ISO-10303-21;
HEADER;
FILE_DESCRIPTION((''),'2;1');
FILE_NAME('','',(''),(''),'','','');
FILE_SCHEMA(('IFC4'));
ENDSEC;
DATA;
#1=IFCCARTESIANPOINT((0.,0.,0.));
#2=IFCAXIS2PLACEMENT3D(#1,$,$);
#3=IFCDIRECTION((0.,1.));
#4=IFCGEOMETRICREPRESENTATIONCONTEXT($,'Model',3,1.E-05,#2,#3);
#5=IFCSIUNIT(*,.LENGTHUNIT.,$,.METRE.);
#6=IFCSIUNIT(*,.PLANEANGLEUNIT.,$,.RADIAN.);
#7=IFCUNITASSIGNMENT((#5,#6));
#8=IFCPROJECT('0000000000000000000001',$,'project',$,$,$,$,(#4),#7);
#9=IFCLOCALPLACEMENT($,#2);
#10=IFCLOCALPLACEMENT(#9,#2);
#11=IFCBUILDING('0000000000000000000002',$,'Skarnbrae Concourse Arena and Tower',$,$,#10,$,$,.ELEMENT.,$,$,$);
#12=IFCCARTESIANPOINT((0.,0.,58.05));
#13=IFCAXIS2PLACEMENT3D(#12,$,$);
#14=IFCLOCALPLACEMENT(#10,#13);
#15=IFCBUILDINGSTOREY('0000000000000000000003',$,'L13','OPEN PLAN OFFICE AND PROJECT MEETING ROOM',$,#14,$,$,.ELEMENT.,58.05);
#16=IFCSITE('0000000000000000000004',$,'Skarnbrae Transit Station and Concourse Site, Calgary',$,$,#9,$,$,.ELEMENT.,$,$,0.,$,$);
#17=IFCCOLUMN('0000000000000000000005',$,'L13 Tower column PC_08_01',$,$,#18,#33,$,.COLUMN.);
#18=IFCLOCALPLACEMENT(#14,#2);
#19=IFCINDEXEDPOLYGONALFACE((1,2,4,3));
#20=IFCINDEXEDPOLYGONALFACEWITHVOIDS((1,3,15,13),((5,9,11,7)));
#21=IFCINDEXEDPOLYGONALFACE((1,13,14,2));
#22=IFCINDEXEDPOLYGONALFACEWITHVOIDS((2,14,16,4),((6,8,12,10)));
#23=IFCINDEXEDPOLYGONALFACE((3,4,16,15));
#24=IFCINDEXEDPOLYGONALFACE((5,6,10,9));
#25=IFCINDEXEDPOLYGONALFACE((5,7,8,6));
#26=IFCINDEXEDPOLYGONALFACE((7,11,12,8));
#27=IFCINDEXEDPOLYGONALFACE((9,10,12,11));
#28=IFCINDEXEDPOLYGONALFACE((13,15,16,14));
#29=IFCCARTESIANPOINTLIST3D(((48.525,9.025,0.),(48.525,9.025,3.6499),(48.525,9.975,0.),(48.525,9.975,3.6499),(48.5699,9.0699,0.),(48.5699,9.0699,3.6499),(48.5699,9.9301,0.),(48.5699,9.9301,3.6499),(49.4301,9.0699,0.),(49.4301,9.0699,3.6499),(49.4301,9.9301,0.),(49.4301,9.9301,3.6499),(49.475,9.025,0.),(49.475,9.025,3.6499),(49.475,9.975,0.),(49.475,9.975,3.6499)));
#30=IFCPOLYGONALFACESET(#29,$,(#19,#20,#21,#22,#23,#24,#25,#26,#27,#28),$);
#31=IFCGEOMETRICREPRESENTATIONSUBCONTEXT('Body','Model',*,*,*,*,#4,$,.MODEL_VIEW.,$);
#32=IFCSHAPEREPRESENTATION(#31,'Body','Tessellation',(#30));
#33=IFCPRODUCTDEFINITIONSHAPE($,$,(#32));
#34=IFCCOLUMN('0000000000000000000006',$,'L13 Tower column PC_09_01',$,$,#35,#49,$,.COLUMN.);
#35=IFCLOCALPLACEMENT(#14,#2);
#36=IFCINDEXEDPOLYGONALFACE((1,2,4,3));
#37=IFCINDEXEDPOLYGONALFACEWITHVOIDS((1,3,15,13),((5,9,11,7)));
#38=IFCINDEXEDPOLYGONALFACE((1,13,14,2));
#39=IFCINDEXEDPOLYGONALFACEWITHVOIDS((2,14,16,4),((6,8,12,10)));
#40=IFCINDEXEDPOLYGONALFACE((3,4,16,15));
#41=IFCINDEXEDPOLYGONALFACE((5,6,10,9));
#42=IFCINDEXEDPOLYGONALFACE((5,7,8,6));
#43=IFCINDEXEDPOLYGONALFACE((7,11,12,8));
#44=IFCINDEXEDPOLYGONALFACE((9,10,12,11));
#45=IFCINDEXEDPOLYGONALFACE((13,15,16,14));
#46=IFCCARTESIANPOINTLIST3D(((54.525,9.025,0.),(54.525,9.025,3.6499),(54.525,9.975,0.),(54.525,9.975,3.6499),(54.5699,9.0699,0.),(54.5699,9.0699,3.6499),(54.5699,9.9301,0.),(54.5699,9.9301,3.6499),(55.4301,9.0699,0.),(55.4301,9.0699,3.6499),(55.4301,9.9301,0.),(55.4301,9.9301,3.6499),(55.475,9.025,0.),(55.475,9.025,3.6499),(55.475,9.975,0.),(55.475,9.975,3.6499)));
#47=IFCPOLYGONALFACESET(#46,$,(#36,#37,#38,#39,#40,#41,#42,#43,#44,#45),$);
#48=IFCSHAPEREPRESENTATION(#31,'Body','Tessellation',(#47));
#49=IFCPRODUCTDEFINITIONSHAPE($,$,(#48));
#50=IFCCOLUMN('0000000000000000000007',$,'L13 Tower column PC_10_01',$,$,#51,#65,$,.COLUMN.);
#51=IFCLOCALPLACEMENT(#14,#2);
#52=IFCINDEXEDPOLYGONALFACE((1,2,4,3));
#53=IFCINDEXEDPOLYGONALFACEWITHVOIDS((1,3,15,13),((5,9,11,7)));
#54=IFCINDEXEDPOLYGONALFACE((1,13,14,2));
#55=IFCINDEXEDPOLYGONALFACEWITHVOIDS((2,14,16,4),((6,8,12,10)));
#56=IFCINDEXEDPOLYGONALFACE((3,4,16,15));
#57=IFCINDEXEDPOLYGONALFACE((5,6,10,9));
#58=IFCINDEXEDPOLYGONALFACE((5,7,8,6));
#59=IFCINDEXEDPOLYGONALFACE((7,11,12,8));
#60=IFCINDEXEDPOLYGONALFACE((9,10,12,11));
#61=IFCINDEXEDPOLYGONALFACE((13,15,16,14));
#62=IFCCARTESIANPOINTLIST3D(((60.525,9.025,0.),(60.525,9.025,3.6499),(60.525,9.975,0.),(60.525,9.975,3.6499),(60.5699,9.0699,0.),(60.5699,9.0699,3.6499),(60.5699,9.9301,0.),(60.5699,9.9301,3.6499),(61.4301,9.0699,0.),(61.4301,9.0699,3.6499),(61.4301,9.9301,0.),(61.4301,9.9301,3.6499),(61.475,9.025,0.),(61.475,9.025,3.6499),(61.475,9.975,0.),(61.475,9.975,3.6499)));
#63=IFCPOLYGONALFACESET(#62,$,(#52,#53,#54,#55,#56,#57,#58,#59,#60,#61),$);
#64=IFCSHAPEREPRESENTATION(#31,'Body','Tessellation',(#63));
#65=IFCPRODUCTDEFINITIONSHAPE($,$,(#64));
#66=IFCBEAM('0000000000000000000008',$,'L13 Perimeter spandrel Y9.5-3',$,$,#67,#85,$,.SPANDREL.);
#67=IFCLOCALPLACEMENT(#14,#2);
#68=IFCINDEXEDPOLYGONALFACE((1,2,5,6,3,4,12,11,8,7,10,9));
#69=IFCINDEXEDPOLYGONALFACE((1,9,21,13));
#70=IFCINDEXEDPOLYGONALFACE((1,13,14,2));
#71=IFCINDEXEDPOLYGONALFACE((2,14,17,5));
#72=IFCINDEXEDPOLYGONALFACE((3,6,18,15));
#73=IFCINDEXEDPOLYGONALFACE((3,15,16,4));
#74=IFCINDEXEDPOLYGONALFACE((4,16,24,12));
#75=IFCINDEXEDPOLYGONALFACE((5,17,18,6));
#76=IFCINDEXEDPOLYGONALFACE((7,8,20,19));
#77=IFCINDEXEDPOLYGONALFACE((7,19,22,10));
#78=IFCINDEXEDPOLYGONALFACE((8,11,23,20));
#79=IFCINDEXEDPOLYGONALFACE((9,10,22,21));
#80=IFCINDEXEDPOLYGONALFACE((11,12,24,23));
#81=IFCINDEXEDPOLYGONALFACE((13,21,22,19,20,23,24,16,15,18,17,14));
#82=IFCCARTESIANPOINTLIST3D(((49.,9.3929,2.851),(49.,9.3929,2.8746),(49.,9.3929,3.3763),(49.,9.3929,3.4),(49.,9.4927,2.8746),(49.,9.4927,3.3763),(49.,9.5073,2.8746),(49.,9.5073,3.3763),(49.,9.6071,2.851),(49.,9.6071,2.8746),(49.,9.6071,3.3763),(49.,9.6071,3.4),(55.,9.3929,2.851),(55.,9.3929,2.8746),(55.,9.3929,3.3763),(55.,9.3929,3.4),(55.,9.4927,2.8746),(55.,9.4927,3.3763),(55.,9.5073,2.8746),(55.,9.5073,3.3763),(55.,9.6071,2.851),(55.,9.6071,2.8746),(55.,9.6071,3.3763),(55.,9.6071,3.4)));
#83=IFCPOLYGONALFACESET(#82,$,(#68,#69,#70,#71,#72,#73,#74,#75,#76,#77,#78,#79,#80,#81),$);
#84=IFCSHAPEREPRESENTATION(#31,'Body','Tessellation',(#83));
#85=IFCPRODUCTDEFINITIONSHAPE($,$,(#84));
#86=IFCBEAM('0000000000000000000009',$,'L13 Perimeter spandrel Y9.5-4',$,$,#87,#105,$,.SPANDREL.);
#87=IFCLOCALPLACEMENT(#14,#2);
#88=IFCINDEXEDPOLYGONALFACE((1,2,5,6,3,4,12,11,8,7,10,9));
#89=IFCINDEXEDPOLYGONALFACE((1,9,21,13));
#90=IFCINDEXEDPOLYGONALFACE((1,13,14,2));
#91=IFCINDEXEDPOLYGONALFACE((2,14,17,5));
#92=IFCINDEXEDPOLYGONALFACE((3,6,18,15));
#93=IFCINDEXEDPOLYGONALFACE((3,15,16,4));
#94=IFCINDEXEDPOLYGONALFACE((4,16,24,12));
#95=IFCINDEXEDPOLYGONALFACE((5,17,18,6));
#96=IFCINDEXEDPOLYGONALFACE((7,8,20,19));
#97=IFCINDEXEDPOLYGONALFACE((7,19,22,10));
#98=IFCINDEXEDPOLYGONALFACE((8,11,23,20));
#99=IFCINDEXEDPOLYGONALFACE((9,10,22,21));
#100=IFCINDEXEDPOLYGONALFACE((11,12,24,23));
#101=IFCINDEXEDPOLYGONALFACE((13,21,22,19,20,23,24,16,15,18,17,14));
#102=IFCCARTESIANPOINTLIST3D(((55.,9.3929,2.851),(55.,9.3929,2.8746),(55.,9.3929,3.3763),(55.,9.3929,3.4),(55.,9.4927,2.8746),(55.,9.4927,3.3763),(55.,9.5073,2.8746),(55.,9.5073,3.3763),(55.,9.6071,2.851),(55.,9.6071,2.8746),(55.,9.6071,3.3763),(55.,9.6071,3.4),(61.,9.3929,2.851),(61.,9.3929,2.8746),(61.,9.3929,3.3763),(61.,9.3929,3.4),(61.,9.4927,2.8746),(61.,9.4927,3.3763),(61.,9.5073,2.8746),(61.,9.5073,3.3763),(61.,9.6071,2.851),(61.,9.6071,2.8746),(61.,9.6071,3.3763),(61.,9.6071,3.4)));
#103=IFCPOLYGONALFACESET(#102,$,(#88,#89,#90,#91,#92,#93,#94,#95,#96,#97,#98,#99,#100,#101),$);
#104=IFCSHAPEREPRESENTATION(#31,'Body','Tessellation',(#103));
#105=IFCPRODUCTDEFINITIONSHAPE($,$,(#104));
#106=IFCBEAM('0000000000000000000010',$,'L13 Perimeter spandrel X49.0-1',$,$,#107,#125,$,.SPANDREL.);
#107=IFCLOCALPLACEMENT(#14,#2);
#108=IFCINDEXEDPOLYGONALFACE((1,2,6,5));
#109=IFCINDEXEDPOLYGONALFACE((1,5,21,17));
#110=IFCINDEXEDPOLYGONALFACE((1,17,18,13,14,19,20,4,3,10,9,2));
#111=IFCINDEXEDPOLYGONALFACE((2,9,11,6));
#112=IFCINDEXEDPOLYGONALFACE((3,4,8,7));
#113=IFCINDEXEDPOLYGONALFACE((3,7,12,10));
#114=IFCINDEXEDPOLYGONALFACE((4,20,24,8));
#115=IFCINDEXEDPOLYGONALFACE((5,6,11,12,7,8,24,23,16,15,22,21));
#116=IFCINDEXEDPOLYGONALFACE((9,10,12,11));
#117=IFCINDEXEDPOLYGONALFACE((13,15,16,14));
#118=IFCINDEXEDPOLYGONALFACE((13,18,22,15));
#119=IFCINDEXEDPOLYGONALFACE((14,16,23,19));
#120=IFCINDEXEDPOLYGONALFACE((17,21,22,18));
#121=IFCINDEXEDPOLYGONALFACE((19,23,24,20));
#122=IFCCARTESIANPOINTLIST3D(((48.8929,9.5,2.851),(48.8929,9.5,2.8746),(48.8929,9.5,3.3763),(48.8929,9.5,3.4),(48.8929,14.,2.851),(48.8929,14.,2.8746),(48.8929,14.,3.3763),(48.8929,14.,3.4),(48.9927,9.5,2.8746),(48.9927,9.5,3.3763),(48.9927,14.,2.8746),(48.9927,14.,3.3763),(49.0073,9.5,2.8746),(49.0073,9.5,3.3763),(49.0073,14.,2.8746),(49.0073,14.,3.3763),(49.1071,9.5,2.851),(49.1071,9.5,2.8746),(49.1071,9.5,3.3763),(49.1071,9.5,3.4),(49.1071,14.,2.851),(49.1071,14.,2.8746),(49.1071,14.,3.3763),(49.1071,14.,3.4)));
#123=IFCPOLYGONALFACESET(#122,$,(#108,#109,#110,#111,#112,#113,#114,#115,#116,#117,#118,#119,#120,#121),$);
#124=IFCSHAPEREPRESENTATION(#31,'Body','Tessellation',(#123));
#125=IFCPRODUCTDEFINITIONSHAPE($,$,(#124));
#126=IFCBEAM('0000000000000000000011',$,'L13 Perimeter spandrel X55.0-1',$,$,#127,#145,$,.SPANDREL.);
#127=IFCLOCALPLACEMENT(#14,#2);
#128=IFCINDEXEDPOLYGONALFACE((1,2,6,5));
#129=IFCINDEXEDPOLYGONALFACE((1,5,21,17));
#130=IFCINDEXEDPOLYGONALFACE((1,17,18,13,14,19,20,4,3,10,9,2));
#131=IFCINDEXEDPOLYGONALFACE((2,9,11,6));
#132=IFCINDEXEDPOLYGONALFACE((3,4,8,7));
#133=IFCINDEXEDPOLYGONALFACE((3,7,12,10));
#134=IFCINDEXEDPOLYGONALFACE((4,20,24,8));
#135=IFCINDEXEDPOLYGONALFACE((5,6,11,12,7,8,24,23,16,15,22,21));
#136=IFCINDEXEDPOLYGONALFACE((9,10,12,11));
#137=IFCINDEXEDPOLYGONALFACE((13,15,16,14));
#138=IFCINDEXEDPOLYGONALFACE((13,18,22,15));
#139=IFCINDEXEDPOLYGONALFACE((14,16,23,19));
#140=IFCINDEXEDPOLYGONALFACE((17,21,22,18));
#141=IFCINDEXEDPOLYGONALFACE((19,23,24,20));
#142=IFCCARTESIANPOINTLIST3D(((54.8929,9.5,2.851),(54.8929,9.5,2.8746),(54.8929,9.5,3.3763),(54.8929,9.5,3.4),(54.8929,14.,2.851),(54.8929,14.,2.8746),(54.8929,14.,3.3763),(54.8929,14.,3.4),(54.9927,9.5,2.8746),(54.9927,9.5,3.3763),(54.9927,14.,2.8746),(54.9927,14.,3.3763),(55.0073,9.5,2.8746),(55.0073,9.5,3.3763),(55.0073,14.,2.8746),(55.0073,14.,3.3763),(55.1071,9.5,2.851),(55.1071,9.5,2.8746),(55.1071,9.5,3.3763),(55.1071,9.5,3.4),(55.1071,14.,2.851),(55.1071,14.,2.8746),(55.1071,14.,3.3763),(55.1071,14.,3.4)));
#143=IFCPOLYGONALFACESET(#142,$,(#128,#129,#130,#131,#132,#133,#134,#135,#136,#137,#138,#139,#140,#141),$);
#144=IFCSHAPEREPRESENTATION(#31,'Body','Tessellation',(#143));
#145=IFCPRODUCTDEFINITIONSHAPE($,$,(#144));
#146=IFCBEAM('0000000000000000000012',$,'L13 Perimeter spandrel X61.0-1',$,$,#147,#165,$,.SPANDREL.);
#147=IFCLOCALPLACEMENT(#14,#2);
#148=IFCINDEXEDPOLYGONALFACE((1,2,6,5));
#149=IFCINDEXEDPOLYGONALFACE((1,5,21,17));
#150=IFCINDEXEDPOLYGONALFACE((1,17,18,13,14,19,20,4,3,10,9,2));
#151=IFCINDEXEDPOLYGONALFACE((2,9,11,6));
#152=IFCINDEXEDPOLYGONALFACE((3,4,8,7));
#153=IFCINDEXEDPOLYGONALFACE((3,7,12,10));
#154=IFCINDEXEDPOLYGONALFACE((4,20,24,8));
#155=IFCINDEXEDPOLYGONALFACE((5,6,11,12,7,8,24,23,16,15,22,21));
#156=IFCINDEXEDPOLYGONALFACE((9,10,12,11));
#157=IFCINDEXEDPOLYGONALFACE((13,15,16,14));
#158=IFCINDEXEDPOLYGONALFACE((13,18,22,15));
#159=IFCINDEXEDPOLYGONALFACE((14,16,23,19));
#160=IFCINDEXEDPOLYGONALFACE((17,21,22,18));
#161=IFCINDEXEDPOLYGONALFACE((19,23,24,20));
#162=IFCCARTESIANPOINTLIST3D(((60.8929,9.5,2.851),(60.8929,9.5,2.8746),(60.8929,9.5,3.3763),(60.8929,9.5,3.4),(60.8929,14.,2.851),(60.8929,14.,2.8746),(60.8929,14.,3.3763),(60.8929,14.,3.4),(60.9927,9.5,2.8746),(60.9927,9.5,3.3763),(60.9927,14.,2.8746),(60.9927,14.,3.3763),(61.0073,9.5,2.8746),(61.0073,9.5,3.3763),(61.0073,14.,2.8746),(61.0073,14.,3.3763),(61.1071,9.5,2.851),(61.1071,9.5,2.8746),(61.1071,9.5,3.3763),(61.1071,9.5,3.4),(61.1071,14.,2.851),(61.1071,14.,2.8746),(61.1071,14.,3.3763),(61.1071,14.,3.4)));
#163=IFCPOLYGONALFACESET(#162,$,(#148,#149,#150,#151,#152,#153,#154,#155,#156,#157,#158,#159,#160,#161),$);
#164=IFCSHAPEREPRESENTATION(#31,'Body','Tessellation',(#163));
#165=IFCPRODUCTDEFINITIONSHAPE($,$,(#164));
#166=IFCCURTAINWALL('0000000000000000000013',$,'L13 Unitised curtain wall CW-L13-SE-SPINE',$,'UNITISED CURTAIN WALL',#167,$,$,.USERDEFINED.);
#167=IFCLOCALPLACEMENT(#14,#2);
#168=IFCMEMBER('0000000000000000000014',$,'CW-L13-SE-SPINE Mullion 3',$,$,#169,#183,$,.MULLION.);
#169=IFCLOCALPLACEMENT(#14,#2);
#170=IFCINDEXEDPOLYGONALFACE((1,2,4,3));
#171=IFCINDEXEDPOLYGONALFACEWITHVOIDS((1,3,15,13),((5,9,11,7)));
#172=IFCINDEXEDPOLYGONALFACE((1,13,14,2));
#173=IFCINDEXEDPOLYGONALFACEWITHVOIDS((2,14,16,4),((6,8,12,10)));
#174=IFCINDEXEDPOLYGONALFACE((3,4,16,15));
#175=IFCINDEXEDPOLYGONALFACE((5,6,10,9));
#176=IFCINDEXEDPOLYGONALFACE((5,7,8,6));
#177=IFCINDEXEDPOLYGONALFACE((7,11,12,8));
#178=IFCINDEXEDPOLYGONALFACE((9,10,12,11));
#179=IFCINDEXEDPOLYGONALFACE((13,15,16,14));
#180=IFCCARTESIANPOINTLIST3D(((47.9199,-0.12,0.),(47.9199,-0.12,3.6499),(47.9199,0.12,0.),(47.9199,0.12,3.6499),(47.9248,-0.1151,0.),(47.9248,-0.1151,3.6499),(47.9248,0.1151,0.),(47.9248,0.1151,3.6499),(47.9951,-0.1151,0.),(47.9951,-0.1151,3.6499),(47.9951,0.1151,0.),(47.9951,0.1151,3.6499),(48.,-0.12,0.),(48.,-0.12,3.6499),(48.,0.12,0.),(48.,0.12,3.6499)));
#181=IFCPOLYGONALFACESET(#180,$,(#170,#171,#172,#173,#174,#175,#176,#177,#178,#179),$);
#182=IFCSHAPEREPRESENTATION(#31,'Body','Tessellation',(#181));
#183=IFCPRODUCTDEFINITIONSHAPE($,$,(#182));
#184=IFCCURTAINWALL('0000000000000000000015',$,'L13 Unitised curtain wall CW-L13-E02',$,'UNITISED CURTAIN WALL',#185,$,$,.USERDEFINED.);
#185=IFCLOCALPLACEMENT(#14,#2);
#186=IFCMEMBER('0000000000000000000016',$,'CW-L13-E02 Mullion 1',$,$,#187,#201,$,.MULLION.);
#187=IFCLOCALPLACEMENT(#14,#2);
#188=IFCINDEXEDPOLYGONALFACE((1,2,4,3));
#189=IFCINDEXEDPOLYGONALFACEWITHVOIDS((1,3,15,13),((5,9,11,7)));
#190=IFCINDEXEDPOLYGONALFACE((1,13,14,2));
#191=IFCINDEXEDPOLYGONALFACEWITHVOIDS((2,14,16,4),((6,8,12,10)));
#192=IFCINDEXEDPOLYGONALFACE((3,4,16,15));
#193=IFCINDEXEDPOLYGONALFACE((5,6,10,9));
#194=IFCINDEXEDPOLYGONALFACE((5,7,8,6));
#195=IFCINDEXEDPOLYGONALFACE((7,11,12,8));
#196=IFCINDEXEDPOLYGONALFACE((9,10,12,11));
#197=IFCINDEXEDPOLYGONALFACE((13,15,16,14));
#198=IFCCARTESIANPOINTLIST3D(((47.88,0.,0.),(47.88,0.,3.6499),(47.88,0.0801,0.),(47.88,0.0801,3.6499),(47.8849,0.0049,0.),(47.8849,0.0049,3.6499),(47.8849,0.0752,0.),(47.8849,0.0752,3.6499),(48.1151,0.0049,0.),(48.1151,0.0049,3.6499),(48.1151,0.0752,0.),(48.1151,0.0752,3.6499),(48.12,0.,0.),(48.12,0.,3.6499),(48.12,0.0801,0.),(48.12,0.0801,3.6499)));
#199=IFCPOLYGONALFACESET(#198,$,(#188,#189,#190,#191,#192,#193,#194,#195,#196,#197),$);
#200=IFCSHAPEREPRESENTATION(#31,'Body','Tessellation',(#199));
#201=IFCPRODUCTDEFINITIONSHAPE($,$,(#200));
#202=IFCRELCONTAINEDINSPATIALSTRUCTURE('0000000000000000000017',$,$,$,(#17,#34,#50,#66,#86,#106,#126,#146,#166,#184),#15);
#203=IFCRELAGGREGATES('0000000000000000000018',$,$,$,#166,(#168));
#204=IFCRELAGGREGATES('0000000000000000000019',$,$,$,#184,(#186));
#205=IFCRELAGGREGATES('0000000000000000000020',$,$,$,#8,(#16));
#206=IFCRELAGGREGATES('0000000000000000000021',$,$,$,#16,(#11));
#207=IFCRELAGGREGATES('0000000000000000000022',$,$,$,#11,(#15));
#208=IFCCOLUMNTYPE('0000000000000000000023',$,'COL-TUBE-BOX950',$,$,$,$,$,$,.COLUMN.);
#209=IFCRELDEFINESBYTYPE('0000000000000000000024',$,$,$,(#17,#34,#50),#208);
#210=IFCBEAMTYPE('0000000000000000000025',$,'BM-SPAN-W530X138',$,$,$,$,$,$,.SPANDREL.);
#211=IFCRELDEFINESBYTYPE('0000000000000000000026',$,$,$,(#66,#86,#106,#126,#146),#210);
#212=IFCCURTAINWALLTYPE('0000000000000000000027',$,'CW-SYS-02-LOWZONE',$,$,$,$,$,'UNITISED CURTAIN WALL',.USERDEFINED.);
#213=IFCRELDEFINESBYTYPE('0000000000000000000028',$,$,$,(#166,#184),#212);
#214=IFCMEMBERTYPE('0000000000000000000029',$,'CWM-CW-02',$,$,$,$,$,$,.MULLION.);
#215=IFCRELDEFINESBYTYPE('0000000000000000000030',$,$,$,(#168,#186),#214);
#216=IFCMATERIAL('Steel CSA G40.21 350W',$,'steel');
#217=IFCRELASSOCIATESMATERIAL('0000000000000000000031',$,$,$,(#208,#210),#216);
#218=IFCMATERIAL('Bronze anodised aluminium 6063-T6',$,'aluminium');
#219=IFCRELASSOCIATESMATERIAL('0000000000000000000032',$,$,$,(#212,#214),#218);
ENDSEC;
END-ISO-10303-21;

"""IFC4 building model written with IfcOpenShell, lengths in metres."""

from ifc_helpers import new_model, si_unit, direction, frame, origin, origin_2d, place, context, subcontext, project, spatial, hollow_rectangle, i_section, extrude, source, transform, mapped, material, material_profile, profile_set, type_object, element, aggregate, save


model = new_model("IFC4")

# Units and contexts
model_context = context("Model", 3, precision=1e-05, world=origin(), true_north=direction((0.0, 1.0)))
body_context = subcontext(model_context, "Body", "Model", "MODEL_VIEW")
ifc_project = project(units=[si_unit("LENGTHUNIT", "METRE"), si_unit("PLANEANGLEUNIT", "RADIAN")], contexts=[model_context])

# Site, building, storey
site_placement = place(None, origin())
site = spatial("IfcSite", under=ifc_project, at=site_placement, Name="Skarnbrae Transit Station and Concourse Site, Calgary", CompositionType="ELEMENT", RefElevation=0.0)
building_placement = place(site_placement, origin())
building = spatial("IfcBuilding", under=site, at=building_placement, Name="Skarnbrae Concourse Arena and Tower", CompositionType="ELEMENT")
storey_placement = place(building_placement, frame((0.0, 0.0, 58.05)))
storey = spatial("IfcBuildingStorey", under=building, at=storey_placement, Name="L13", Description="OPEN PLAN OFFICE AND PROJECT MEETING ROOM", CompositionType="ELEMENT", Elevation=58.05)

# Columns
ifc_material_1 = material(Name="Steel CSA G40.21 350W", Category="steel")
ifc_material_profile_1 = material_profile(ifc_material_1, hollow_rectangle(XDim=0.95, YDim=0.95, WallThickness=0.0449, at=origin_2d()), Name="BOX950X950X45")
ifc_profile_set_1 = profile_set([ifc_material_profile_1], Name="Steel CSA G40.21 350W")
column_type = type_object("IfcColumnType", Name="COL-TUBE-BOX950", PredefinedType="COLUMN", material=ifc_profile_set_1)
shared_shape_1 = source(origin(), body_context, "Body", "SweptSolid", [
    extrude(hollow_rectangle(XDim=0.95, YDim=0.95, WallThickness=0.0449, at=origin_2d()), origin(), (0.0, 0.0, 1.0), 3.6499),
])
for number, where, z_axis, x_axis, name in (
    (1, (49.0, 9.5, 0.0), (0.0, 0.0, 1.0), (1.0, 0.0, 0.0), "L13 Tower column PC_08_01"),
    (2, (55.0, 9.5, 0.0), (0.0, 0.0, 1.0), (1.0, 0.0, 0.0), "L13 Tower column PC_09_01"),
    (3, (61.0, 9.5, 0.0), (0.0, 0.0, 1.0), (1.0, 0.0, 0.0), "L13 Tower column PC_10_01"),
):
    element("IfcColumn", number, at=place(storey_placement, frame(where, z_axis=z_axis, x_axis=x_axis)), inside=storey, type_object=column_type, Name=name, PredefinedType="COLUMN", context=body_context, shape_type="MappedRepresentation", body=[
        mapped(shared_shape_1, transform((0.0, 0.0, 0.0))),
    ])

# Beams
ifc_material_profile_2 = material_profile(ifc_material_1, i_section(OverallWidth=0.2141, OverallDepth=0.5491, WebThickness=0.0146, FlangeThickness=0.0237, at=origin_2d()), Name="W530X138")
ifc_profile_set_2 = profile_set([ifc_material_profile_2], Name="Steel CSA G40.21 350W")
beam_type = type_object("IfcBeamType", Name="BM-SPAN-W530X138", PredefinedType="SPANDREL", material=ifc_profile_set_2)
shared_shape_2 = source(origin(), body_context, "Body", "SweptSolid", [
    extrude(i_section(OverallWidth=0.2141, OverallDepth=0.5491, WebThickness=0.0146, FlangeThickness=0.0237, at=origin_2d()), origin(), (0.0, 0.0, 1.0), 6.0),
])
for number, where, z_axis, x_axis, name in (
    (4, (49.0, 9.5, 3.1255), (1.0, 0.0, 0.0), (0.0, 1.0, 0.0), "L13 Perimeter spandrel Y9.5-3"),
    (5, (55.0, 9.5, 3.1255), (1.0, 0.0, 0.0), (0.0, 1.0, 0.0), "L13 Perimeter spandrel Y9.5-4"),
):
    element("IfcBeam", number, at=place(storey_placement, frame(where, z_axis=z_axis, x_axis=x_axis)), inside=storey, type_object=beam_type, Name=name, PredefinedType="SPANDREL", context=body_context, shape_type="MappedRepresentation", body=[
        mapped(shared_shape_2, transform((0.0, 0.0, 0.0))),
    ])
shared_shape_3 = source(origin(), body_context, "Body", "SweptSolid", [
    extrude(i_section(OverallWidth=0.2141, OverallDepth=0.5491, WebThickness=0.0146, FlangeThickness=0.0237, at=origin_2d()), origin(), (0.0, 0.0, 1.0), 4.5),
])
for number, where, z_axis, x_axis, name in (
    (6, (49.0, 9.5, 3.1255), (0.0, 1.0, 0.0), (-1.0, 0.0, 0.0), "L13 Perimeter spandrel X49.0-1"),
    (7, (55.0, 9.5, 3.1255), (0.0, 1.0, 0.0), (-1.0, 0.0, 0.0), "L13 Perimeter spandrel X55.0-1"),
    (8, (61.0, 9.5, 3.1255), (0.0, 1.0, 0.0), (-1.0, 0.0, 0.0), "L13 Perimeter spandrel X61.0-1"),
):
    element("IfcBeam", number, at=place(storey_placement, frame(where, z_axis=z_axis, x_axis=x_axis)), inside=storey, type_object=beam_type, Name=name, PredefinedType="SPANDREL", context=body_context, shape_type="MappedRepresentation", body=[
        mapped(shared_shape_3, transform((0.0, 0.0, 0.0))),
    ])

# Curtain wall, member
ifc_material_2 = material(Name="Bronze anodised aluminium 6063-T6", Category="aluminium")
curtain_wall_type = type_object("IfcCurtainWallType", Name="CW-SYS-02-LOWZONE", ElementType="UNITISED CURTAIN WALL", PredefinedType="USERDEFINED", material=ifc_material_2)
curtain_wall_1_placement = place(storey_placement, origin())
curtain_wall_1 = element("IfcCurtainWall", 9, at=curtain_wall_1_placement, inside=storey, type_object=curtain_wall_type, Name="L13 Unitised curtain wall CW-L13-SE-SPINE", ObjectType="UNITISED CURTAIN WALL", PredefinedType="USERDEFINED")
ifc_material_profile_3 = material_profile(ifc_material_2, hollow_rectangle(XDim=0.0801, YDim=0.24, WallThickness=0.0049, at=origin_2d()), Name="ALU-MULL-80X240")
ifc_profile_set_3 = profile_set([ifc_material_profile_3], Name="Bronze anodised aluminium 6063-T6")
member_type_1 = type_object("IfcMemberType", Name="CWM-CW-02", PredefinedType="MULLION", material=ifc_profile_set_3)
shared_shape_4 = source(origin(), body_context, "Body", "SweptSolid", [
    extrude(hollow_rectangle(XDim=0.0801, YDim=0.24, WallThickness=0.0049, at=origin_2d()), origin(), (0.0, 0.0, 1.0), 3.6499),
])
member_1_placement = place(storey_placement, frame((47.96, 0.0, 0.0), z_axis=(0.0, 0.0, 1.0), x_axis=(1.0, 0.0, 0.0)))
member_1 = element("IfcMember", 10, at=member_1_placement, type_object=member_type_1, Name="CW-L13-SE-SPINE Mullion 3", PredefinedType="MULLION", context=body_context, shape_type="MappedRepresentation", body=[
    mapped(shared_shape_4, transform((0.0, 0.0, 0.0))),
])
aggregate(curtain_wall_1, [member_1])

# Curtain wall, member
curtain_wall_2_placement = place(storey_placement, origin())
curtain_wall_2 = element("IfcCurtainWall", 11, at=curtain_wall_2_placement, inside=storey, type_object=curtain_wall_type, Name="L13 Unitised curtain wall CW-L13-E02", ObjectType="UNITISED CURTAIN WALL", PredefinedType="USERDEFINED")
member_2_placement = place(storey_placement, frame((48.0, 0.04, 0.0), z_axis=(0.0, 0.0, 1.0), x_axis=(0.0, 1.0, 0.0)))
member_2 = element("IfcMember", 12, at=member_2_placement, type_object=member_type_1, Name="CW-L13-E02 Mullion 1", PredefinedType="MULLION", context=body_context, shape_type="MappedRepresentation", body=[
    mapped(shared_shape_4, transform((0.0, 0.0, 0.0))),
])

aggregate(curtain_wall_2, [member_2])

save(model, "model.ifc")
